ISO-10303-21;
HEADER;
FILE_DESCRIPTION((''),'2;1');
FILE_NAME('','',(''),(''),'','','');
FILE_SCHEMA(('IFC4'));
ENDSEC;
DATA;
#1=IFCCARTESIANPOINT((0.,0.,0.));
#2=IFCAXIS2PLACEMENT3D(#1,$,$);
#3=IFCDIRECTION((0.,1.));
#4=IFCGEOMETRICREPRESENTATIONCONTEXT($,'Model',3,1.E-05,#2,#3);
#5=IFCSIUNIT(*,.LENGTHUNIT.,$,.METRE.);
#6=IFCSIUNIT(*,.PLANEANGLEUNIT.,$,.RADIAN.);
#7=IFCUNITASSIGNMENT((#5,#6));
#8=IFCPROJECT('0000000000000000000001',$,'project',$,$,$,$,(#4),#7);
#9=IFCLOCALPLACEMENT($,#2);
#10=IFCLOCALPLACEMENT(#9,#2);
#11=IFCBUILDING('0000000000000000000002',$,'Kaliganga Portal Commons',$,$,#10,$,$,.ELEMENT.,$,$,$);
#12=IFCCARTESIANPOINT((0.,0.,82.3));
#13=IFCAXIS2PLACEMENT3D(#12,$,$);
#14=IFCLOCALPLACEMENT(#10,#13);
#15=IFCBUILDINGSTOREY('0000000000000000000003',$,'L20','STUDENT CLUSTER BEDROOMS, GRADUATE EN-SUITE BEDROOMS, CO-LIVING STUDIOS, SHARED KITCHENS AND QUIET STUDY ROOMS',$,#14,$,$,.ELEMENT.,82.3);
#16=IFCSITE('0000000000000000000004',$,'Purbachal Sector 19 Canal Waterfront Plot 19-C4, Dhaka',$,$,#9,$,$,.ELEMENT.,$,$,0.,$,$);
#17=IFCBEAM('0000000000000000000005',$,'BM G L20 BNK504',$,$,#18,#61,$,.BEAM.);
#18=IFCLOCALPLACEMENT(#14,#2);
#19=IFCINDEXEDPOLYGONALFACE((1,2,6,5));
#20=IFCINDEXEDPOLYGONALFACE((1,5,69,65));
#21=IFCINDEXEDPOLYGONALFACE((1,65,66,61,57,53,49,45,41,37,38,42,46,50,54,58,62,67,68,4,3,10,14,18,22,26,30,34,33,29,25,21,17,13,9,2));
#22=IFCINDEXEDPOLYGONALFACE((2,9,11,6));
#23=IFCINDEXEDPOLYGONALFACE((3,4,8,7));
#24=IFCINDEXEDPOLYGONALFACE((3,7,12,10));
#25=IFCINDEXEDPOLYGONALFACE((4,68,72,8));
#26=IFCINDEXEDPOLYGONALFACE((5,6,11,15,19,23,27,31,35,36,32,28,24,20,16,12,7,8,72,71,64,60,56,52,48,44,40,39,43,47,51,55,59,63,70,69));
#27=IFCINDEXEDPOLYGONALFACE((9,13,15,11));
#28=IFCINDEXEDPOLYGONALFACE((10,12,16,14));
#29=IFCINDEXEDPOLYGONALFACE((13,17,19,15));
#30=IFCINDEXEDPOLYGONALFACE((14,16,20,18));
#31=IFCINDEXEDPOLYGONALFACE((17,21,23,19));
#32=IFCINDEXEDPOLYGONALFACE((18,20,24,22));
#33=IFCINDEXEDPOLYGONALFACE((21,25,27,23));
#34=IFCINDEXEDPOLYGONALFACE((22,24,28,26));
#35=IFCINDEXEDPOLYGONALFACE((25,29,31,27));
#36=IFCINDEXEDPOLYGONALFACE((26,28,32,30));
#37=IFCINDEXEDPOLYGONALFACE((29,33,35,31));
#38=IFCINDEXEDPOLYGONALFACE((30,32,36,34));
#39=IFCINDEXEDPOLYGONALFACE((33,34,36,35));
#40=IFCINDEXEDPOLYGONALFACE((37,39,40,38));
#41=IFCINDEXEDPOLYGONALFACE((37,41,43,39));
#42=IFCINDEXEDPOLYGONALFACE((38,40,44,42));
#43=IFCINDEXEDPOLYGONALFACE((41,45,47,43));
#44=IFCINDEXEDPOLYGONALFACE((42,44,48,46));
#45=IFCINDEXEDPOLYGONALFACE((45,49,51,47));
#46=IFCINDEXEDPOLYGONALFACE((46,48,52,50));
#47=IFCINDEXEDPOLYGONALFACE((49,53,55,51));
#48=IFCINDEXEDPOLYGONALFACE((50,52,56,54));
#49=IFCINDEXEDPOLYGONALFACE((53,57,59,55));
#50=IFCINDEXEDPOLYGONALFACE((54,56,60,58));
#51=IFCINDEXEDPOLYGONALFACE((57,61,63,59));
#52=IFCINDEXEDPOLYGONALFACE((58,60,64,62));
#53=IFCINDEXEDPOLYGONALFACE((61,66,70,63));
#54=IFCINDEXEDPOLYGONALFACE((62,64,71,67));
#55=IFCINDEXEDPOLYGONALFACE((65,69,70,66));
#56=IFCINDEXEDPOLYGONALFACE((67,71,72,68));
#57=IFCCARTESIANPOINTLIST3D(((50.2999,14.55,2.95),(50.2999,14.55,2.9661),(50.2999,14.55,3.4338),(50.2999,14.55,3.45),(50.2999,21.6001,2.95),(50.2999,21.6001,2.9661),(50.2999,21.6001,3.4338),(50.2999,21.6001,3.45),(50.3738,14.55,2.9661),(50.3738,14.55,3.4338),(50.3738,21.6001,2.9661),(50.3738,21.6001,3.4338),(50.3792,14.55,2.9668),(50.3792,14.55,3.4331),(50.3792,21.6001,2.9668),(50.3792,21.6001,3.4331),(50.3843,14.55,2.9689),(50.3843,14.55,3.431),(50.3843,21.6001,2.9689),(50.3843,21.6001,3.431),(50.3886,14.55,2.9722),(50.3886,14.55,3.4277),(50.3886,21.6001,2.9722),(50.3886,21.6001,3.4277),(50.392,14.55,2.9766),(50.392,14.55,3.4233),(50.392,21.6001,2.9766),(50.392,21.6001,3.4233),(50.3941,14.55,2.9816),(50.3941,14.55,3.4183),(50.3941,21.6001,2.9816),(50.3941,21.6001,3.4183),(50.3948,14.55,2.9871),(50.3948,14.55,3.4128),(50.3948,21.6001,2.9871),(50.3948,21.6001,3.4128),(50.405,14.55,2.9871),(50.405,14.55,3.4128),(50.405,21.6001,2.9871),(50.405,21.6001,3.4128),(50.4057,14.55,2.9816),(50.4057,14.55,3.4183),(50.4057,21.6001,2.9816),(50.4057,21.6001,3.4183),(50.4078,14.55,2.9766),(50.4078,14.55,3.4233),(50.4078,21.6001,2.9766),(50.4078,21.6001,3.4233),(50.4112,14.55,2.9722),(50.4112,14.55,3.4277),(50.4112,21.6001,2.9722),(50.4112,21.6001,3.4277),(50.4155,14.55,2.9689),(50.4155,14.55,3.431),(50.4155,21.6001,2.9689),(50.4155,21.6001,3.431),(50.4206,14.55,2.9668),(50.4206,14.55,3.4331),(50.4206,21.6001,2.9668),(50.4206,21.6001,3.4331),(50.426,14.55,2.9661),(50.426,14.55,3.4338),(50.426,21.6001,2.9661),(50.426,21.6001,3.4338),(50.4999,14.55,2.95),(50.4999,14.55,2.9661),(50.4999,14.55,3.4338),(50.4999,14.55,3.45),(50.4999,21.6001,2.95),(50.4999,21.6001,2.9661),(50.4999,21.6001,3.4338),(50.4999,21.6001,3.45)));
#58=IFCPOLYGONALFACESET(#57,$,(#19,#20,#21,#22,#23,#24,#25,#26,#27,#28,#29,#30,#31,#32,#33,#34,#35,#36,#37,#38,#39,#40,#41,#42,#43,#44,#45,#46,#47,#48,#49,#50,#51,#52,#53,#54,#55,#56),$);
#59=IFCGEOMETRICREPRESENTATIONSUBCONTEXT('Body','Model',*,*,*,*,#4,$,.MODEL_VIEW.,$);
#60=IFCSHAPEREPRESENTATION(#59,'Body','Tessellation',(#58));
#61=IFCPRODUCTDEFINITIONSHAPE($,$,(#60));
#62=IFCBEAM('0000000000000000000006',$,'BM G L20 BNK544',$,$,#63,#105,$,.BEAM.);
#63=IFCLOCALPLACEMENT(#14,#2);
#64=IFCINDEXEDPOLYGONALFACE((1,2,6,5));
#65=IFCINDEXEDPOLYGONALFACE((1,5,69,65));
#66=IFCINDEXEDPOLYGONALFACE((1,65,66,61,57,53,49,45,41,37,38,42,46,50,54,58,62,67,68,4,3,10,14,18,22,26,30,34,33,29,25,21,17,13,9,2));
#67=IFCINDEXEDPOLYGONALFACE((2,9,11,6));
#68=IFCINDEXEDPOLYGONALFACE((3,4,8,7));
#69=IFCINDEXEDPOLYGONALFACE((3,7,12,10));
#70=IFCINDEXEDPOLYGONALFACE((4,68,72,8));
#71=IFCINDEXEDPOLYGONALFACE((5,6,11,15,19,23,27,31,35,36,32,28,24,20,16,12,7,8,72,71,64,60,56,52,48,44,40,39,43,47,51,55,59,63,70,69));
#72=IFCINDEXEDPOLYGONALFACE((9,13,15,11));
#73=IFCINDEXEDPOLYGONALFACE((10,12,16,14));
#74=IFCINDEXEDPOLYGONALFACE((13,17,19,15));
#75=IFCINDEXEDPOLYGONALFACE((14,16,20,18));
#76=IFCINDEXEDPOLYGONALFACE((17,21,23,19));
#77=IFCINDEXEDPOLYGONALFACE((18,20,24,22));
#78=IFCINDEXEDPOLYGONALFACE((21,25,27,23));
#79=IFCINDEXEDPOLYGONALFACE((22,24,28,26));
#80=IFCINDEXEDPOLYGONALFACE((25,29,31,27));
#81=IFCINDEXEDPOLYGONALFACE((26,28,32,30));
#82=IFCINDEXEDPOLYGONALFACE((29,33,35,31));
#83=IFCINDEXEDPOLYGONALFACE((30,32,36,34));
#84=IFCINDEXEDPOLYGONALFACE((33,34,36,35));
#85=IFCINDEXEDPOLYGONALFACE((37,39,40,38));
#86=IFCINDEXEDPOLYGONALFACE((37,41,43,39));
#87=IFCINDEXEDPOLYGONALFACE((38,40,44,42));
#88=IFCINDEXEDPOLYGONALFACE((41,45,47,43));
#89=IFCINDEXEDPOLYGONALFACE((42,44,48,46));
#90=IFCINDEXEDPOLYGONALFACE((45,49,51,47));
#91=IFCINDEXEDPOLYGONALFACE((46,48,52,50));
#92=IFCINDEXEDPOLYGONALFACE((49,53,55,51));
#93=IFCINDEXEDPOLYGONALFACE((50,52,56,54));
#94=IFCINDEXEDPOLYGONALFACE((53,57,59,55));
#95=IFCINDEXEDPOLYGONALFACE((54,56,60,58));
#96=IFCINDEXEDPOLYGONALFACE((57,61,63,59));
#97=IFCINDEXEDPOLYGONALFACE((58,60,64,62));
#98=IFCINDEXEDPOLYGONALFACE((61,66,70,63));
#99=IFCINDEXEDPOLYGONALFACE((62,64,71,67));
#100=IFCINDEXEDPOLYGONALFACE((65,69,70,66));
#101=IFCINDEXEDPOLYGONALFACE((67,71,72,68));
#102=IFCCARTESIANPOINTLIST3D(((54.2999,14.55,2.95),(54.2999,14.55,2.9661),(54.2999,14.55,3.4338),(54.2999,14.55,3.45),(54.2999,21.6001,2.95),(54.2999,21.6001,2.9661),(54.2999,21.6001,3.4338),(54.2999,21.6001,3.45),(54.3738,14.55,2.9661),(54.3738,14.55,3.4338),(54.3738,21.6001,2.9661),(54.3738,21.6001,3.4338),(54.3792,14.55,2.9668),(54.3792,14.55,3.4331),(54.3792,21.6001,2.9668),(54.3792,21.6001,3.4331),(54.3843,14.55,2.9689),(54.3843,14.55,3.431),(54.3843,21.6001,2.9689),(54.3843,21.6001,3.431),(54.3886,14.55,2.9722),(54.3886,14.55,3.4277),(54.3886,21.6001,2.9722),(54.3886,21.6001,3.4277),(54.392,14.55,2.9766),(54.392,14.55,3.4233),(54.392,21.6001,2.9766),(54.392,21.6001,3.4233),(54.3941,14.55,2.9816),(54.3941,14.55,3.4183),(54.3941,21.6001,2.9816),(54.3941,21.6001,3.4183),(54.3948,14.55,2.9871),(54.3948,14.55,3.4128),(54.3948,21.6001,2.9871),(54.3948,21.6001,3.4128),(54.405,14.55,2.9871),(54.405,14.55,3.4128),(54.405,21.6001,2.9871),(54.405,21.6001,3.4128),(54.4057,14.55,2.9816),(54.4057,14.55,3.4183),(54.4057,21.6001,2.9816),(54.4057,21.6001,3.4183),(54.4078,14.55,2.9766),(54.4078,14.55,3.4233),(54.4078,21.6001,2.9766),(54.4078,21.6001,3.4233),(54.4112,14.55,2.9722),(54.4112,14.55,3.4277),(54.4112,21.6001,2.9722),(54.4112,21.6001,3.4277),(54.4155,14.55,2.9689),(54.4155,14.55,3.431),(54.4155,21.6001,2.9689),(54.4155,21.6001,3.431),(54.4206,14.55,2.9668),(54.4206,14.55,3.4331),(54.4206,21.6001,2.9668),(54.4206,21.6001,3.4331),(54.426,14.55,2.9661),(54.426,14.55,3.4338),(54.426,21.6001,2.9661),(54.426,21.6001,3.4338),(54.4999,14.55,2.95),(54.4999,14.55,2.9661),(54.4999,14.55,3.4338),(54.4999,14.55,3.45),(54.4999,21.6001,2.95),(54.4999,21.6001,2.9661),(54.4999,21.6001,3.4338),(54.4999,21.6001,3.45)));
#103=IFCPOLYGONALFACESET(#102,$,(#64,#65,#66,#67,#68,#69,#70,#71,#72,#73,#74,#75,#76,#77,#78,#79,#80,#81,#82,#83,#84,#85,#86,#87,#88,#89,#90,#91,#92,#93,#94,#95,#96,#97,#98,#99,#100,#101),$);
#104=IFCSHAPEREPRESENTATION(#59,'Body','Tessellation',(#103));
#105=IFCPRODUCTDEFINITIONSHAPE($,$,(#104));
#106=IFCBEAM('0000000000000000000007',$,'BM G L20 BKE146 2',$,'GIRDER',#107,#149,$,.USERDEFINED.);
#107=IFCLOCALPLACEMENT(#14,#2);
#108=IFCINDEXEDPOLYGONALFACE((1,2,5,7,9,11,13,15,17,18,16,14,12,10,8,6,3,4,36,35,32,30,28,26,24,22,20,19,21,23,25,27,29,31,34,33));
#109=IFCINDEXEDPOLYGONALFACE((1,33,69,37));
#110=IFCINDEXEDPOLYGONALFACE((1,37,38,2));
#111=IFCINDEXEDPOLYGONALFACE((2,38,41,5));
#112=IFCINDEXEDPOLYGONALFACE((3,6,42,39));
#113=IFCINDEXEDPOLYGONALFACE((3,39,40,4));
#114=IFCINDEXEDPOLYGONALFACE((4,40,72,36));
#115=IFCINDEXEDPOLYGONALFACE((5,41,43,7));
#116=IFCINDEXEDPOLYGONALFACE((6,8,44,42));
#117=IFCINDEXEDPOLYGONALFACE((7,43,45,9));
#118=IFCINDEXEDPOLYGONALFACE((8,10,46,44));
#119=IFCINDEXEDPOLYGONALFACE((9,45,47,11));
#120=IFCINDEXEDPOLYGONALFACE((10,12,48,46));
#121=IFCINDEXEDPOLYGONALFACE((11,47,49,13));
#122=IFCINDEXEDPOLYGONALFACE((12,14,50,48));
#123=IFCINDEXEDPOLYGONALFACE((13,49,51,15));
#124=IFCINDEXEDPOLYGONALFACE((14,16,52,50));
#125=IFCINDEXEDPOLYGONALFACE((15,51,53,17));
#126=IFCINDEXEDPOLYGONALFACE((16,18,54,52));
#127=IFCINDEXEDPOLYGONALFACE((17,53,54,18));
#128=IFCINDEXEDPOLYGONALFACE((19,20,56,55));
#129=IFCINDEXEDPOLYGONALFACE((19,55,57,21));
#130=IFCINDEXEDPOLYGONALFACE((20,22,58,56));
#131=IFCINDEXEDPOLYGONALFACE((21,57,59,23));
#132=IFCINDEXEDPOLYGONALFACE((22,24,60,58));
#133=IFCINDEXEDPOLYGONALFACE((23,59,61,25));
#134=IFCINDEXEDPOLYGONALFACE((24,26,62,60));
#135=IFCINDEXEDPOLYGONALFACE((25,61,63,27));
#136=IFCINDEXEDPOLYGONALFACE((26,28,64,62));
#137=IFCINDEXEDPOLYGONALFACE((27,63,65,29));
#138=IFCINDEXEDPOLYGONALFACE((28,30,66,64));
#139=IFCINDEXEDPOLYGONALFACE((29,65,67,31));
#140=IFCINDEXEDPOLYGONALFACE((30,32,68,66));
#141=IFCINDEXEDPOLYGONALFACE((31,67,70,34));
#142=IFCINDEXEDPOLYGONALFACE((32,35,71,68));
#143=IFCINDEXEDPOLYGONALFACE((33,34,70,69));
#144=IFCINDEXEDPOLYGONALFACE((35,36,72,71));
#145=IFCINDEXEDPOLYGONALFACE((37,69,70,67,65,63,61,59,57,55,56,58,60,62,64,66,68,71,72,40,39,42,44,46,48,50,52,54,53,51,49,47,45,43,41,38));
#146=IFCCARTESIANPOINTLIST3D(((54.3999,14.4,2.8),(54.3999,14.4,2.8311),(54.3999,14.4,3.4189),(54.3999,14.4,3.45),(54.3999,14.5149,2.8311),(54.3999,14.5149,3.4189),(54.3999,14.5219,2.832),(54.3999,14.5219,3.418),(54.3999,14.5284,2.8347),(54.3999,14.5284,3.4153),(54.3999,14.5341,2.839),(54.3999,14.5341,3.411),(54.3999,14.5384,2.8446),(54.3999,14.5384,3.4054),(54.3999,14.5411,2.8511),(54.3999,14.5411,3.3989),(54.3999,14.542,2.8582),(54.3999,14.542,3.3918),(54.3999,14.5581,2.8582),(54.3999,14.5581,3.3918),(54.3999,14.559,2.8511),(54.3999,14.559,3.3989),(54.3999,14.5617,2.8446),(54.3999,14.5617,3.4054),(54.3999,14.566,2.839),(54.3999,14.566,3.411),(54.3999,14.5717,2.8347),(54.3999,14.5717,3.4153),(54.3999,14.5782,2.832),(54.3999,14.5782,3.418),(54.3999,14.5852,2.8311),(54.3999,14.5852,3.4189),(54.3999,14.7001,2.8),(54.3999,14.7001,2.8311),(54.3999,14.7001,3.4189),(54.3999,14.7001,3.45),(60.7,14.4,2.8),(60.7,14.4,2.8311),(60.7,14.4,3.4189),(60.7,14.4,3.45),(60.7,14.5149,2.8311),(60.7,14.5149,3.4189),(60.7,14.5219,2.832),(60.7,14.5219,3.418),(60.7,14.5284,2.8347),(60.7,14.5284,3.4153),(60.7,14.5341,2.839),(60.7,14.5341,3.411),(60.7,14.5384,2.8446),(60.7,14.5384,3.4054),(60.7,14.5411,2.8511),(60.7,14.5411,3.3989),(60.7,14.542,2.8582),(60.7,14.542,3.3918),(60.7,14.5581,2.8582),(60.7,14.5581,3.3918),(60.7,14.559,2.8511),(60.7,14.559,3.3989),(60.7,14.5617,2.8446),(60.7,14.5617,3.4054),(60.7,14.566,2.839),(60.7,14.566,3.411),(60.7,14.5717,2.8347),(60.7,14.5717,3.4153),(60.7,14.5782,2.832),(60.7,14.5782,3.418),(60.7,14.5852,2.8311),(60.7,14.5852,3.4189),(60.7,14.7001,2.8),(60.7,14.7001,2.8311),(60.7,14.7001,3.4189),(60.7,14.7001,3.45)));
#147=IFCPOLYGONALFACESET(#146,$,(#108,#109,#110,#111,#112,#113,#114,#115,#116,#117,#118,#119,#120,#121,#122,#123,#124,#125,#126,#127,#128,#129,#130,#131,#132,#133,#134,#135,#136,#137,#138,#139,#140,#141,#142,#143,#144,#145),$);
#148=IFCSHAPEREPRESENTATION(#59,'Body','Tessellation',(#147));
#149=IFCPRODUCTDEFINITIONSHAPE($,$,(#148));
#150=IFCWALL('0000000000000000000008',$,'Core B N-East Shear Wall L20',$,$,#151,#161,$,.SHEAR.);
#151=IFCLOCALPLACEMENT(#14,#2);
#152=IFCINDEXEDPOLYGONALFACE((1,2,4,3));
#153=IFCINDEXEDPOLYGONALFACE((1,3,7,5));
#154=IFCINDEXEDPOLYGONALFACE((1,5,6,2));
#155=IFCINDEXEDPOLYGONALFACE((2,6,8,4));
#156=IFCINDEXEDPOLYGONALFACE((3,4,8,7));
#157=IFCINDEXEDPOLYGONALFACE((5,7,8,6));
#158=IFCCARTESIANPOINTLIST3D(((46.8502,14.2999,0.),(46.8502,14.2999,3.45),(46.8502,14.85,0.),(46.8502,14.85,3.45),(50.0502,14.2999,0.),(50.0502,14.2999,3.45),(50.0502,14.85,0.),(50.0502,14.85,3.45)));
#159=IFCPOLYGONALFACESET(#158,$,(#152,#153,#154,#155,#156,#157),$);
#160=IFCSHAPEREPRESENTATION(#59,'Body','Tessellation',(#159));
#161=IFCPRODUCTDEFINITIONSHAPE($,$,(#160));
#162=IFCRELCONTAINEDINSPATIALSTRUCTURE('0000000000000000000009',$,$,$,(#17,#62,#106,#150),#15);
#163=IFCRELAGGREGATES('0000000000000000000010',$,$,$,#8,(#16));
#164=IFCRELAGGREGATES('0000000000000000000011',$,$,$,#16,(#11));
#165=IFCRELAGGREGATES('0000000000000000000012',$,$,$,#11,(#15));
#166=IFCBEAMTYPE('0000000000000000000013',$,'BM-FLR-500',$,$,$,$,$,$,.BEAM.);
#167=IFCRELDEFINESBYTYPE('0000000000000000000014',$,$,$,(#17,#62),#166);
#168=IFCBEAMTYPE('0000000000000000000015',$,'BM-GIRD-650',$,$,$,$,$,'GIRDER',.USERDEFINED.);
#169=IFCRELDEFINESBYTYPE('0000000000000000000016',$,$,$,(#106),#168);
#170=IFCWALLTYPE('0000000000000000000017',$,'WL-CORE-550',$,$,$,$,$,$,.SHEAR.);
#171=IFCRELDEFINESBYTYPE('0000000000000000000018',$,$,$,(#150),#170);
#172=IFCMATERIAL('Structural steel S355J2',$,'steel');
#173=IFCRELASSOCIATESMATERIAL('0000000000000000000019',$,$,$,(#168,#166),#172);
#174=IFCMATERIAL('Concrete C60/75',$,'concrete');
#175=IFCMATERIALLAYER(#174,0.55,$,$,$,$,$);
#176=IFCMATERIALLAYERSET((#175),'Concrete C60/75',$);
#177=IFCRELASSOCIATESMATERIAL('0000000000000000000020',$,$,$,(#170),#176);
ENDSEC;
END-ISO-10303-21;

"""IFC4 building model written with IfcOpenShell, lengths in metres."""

from ifc_helpers import new_model, si_unit, direction, frame, frame_2d, origin, origin_2d, place, context, subcontext, project, spatial, rectangle, i_section, extrude, source, transform, mapped, material, layer, layer_set, material_profile, profile_set, type_object, element, save


model = new_model("IFC4")

# Units and contexts
model_context = context("Model", 3, precision=1e-05, world=origin(), true_north=direction((0.0, 1.0)))
body_context = subcontext(model_context, "Body", "Model", "MODEL_VIEW")
ifc_project = project(units=[si_unit("LENGTHUNIT", "METRE"), si_unit("PLANEANGLEUNIT", "RADIAN")], contexts=[model_context])

# Site, building, storey
site_placement = place(None, origin())
site = spatial("IfcSite", under=ifc_project, at=site_placement, Name="Purbachal Sector 19 Canal Waterfront Plot 19-C4, Dhaka", CompositionType="ELEMENT", RefElevation=0.0)
building_placement = place(site_placement, origin())
building = spatial("IfcBuilding", under=site, at=building_placement, Name="Kaliganga Portal Commons", CompositionType="ELEMENT")
storey_placement = place(building_placement, frame((0.0, 0.0, 82.3)))
storey = spatial("IfcBuildingStorey", under=building, at=storey_placement, Name="L20", Description="STUDENT CLUSTER BEDROOMS, GRADUATE EN-SUITE BEDROOMS, CO-LIVING STUDIOS, SHARED KITCHENS AND QUIET STUDY ROOMS", CompositionType="ELEMENT", Elevation=82.3)

# Shared definitions
ifc_material_1 = material(Name="Concrete C60/75", Category="concrete")

# Beams
ifc_material_2 = material(Name="Structural steel S355J2", Category="steel")
ifc_material_profile_1 = material_profile(ifc_material_2, i_section(OverallWidth=0.3, OverallDepth=0.6499, WebThickness=0.0161, FlangeThickness=0.031, FilletRadius=0.0271, at=origin_2d()), Name="HE 650 B")
ifc_profile_set_1 = profile_set([ifc_material_profile_1], Name="Structural steel S355J2 wide-flange")
beam_type_1 = type_object("IfcBeamType", Name="BM-GIRD-650", ElementType="GIRDER", PredefinedType="USERDEFINED", material=ifc_profile_set_1)
ifc_material_profile_2 = material_profile(ifc_material_2, i_section(OverallWidth=0.2, OverallDepth=0.5, WebThickness=0.0103, FlangeThickness=0.0161, FilletRadius=0.021, at=origin_2d()), Name="IPE 500")
ifc_profile_set_2 = profile_set([ifc_material_profile_2], Name="Structural steel S355J2 wide-flange")
beam_type_2 = type_object("IfcBeamType", Name="BM-FLR-500", PredefinedType="BEAM", material=ifc_profile_set_2)
shared_shape_1 = source(origin(), body_context, "Body", "SweptSolid", [
    extrude(i_section(OverallWidth=0.2, OverallDepth=0.5, WebThickness=0.0103, FlangeThickness=0.0161, FilletRadius=0.021, at=origin_2d()), origin(), (0.0, 0.0, 1.0), 7.05),
])
for number, where, z_axis, x_axis, name in (
    (1, (50.3999, 14.55, 3.2), (0.0, 1.0, 0.0), (-1.0, 0.0, 0.0), "BM G L20 BNK504"),
    (2, (54.3999, 14.55, 3.2), (0.0, 1.0, 0.0), (-1.0, 0.0, 0.0), "BM G L20 BNK544"),
):
    element("IfcBeam", number, at=place(storey_placement, frame(where, z_axis=z_axis, x_axis=x_axis)), inside=storey, type_object=beam_type_2, Name=name, PredefinedType="BEAM", context=body_context, shape_type="MappedRepresentation", body=[
        mapped(shared_shape_1, transform((0.0, 0.0, 0.0), x_axis=(1.0, 0.0, 0.0), y_axis=(0.0, 1.0, 0.0), z_axis=(0.0, 0.0, 1.0), scale=1.0)),
    ])
shared_shape_2 = source(origin(), body_context, "Body", "SweptSolid", [
    extrude(i_section(OverallWidth=0.3, OverallDepth=0.6499, WebThickness=0.0161, FlangeThickness=0.031, FilletRadius=0.0271, at=origin_2d()), origin(), (0.0, 0.0, 1.0), 6.3),
])
beam_1_placement = place(storey_placement, frame((54.3999, 14.55, 3.125), z_axis=(1.0, 0.0, 0.0), x_axis=(0.0, 1.0, 0.0)))
element("IfcBeam", 3, at=beam_1_placement, inside=storey, type_object=beam_type_1, Name="BM G L20 BKE146 2", ObjectType="GIRDER", PredefinedType="USERDEFINED", context=body_context, shape_type="MappedRepresentation", body=[
    mapped(shared_shape_2, transform((0.0, 0.0, 0.0), x_axis=(1.0, 0.0, 0.0), y_axis=(0.0, 1.0, 0.0), z_axis=(0.0, 0.0, 1.0), scale=1.0)),
])

# Wall
ifc_layer_1 = layer(ifc_material_1, 0.55)
ifc_layer_set_1 = layer_set([ifc_layer_1], Name="Concrete C60/75")
wall_type_1 = type_object("IfcWallType", Name="WL-CORE-550", PredefinedType="SHEAR", material=ifc_layer_set_1)
wall_1_placement = place(storey_placement, frame((46.8501, 14.575, 0.0), z_axis=(0.0, 0.0, 1.0), x_axis=(1.0, 0.0, 0.0)))
element("IfcWall", 4, at=wall_1_placement, inside=storey, type_object=wall_type_1, Name="Core B N-East Shear Wall L20", PredefinedType="SHEAR", context=body_context, shape_type="SweptSolid", body=[
    extrude(rectangle(XDim=3.2, YDim=0.55, at=frame_2d((1.6001, 0.0))), origin(), (0.0, 0.0, 1.0), 3.45),
])

save(model, "model.ifc")
